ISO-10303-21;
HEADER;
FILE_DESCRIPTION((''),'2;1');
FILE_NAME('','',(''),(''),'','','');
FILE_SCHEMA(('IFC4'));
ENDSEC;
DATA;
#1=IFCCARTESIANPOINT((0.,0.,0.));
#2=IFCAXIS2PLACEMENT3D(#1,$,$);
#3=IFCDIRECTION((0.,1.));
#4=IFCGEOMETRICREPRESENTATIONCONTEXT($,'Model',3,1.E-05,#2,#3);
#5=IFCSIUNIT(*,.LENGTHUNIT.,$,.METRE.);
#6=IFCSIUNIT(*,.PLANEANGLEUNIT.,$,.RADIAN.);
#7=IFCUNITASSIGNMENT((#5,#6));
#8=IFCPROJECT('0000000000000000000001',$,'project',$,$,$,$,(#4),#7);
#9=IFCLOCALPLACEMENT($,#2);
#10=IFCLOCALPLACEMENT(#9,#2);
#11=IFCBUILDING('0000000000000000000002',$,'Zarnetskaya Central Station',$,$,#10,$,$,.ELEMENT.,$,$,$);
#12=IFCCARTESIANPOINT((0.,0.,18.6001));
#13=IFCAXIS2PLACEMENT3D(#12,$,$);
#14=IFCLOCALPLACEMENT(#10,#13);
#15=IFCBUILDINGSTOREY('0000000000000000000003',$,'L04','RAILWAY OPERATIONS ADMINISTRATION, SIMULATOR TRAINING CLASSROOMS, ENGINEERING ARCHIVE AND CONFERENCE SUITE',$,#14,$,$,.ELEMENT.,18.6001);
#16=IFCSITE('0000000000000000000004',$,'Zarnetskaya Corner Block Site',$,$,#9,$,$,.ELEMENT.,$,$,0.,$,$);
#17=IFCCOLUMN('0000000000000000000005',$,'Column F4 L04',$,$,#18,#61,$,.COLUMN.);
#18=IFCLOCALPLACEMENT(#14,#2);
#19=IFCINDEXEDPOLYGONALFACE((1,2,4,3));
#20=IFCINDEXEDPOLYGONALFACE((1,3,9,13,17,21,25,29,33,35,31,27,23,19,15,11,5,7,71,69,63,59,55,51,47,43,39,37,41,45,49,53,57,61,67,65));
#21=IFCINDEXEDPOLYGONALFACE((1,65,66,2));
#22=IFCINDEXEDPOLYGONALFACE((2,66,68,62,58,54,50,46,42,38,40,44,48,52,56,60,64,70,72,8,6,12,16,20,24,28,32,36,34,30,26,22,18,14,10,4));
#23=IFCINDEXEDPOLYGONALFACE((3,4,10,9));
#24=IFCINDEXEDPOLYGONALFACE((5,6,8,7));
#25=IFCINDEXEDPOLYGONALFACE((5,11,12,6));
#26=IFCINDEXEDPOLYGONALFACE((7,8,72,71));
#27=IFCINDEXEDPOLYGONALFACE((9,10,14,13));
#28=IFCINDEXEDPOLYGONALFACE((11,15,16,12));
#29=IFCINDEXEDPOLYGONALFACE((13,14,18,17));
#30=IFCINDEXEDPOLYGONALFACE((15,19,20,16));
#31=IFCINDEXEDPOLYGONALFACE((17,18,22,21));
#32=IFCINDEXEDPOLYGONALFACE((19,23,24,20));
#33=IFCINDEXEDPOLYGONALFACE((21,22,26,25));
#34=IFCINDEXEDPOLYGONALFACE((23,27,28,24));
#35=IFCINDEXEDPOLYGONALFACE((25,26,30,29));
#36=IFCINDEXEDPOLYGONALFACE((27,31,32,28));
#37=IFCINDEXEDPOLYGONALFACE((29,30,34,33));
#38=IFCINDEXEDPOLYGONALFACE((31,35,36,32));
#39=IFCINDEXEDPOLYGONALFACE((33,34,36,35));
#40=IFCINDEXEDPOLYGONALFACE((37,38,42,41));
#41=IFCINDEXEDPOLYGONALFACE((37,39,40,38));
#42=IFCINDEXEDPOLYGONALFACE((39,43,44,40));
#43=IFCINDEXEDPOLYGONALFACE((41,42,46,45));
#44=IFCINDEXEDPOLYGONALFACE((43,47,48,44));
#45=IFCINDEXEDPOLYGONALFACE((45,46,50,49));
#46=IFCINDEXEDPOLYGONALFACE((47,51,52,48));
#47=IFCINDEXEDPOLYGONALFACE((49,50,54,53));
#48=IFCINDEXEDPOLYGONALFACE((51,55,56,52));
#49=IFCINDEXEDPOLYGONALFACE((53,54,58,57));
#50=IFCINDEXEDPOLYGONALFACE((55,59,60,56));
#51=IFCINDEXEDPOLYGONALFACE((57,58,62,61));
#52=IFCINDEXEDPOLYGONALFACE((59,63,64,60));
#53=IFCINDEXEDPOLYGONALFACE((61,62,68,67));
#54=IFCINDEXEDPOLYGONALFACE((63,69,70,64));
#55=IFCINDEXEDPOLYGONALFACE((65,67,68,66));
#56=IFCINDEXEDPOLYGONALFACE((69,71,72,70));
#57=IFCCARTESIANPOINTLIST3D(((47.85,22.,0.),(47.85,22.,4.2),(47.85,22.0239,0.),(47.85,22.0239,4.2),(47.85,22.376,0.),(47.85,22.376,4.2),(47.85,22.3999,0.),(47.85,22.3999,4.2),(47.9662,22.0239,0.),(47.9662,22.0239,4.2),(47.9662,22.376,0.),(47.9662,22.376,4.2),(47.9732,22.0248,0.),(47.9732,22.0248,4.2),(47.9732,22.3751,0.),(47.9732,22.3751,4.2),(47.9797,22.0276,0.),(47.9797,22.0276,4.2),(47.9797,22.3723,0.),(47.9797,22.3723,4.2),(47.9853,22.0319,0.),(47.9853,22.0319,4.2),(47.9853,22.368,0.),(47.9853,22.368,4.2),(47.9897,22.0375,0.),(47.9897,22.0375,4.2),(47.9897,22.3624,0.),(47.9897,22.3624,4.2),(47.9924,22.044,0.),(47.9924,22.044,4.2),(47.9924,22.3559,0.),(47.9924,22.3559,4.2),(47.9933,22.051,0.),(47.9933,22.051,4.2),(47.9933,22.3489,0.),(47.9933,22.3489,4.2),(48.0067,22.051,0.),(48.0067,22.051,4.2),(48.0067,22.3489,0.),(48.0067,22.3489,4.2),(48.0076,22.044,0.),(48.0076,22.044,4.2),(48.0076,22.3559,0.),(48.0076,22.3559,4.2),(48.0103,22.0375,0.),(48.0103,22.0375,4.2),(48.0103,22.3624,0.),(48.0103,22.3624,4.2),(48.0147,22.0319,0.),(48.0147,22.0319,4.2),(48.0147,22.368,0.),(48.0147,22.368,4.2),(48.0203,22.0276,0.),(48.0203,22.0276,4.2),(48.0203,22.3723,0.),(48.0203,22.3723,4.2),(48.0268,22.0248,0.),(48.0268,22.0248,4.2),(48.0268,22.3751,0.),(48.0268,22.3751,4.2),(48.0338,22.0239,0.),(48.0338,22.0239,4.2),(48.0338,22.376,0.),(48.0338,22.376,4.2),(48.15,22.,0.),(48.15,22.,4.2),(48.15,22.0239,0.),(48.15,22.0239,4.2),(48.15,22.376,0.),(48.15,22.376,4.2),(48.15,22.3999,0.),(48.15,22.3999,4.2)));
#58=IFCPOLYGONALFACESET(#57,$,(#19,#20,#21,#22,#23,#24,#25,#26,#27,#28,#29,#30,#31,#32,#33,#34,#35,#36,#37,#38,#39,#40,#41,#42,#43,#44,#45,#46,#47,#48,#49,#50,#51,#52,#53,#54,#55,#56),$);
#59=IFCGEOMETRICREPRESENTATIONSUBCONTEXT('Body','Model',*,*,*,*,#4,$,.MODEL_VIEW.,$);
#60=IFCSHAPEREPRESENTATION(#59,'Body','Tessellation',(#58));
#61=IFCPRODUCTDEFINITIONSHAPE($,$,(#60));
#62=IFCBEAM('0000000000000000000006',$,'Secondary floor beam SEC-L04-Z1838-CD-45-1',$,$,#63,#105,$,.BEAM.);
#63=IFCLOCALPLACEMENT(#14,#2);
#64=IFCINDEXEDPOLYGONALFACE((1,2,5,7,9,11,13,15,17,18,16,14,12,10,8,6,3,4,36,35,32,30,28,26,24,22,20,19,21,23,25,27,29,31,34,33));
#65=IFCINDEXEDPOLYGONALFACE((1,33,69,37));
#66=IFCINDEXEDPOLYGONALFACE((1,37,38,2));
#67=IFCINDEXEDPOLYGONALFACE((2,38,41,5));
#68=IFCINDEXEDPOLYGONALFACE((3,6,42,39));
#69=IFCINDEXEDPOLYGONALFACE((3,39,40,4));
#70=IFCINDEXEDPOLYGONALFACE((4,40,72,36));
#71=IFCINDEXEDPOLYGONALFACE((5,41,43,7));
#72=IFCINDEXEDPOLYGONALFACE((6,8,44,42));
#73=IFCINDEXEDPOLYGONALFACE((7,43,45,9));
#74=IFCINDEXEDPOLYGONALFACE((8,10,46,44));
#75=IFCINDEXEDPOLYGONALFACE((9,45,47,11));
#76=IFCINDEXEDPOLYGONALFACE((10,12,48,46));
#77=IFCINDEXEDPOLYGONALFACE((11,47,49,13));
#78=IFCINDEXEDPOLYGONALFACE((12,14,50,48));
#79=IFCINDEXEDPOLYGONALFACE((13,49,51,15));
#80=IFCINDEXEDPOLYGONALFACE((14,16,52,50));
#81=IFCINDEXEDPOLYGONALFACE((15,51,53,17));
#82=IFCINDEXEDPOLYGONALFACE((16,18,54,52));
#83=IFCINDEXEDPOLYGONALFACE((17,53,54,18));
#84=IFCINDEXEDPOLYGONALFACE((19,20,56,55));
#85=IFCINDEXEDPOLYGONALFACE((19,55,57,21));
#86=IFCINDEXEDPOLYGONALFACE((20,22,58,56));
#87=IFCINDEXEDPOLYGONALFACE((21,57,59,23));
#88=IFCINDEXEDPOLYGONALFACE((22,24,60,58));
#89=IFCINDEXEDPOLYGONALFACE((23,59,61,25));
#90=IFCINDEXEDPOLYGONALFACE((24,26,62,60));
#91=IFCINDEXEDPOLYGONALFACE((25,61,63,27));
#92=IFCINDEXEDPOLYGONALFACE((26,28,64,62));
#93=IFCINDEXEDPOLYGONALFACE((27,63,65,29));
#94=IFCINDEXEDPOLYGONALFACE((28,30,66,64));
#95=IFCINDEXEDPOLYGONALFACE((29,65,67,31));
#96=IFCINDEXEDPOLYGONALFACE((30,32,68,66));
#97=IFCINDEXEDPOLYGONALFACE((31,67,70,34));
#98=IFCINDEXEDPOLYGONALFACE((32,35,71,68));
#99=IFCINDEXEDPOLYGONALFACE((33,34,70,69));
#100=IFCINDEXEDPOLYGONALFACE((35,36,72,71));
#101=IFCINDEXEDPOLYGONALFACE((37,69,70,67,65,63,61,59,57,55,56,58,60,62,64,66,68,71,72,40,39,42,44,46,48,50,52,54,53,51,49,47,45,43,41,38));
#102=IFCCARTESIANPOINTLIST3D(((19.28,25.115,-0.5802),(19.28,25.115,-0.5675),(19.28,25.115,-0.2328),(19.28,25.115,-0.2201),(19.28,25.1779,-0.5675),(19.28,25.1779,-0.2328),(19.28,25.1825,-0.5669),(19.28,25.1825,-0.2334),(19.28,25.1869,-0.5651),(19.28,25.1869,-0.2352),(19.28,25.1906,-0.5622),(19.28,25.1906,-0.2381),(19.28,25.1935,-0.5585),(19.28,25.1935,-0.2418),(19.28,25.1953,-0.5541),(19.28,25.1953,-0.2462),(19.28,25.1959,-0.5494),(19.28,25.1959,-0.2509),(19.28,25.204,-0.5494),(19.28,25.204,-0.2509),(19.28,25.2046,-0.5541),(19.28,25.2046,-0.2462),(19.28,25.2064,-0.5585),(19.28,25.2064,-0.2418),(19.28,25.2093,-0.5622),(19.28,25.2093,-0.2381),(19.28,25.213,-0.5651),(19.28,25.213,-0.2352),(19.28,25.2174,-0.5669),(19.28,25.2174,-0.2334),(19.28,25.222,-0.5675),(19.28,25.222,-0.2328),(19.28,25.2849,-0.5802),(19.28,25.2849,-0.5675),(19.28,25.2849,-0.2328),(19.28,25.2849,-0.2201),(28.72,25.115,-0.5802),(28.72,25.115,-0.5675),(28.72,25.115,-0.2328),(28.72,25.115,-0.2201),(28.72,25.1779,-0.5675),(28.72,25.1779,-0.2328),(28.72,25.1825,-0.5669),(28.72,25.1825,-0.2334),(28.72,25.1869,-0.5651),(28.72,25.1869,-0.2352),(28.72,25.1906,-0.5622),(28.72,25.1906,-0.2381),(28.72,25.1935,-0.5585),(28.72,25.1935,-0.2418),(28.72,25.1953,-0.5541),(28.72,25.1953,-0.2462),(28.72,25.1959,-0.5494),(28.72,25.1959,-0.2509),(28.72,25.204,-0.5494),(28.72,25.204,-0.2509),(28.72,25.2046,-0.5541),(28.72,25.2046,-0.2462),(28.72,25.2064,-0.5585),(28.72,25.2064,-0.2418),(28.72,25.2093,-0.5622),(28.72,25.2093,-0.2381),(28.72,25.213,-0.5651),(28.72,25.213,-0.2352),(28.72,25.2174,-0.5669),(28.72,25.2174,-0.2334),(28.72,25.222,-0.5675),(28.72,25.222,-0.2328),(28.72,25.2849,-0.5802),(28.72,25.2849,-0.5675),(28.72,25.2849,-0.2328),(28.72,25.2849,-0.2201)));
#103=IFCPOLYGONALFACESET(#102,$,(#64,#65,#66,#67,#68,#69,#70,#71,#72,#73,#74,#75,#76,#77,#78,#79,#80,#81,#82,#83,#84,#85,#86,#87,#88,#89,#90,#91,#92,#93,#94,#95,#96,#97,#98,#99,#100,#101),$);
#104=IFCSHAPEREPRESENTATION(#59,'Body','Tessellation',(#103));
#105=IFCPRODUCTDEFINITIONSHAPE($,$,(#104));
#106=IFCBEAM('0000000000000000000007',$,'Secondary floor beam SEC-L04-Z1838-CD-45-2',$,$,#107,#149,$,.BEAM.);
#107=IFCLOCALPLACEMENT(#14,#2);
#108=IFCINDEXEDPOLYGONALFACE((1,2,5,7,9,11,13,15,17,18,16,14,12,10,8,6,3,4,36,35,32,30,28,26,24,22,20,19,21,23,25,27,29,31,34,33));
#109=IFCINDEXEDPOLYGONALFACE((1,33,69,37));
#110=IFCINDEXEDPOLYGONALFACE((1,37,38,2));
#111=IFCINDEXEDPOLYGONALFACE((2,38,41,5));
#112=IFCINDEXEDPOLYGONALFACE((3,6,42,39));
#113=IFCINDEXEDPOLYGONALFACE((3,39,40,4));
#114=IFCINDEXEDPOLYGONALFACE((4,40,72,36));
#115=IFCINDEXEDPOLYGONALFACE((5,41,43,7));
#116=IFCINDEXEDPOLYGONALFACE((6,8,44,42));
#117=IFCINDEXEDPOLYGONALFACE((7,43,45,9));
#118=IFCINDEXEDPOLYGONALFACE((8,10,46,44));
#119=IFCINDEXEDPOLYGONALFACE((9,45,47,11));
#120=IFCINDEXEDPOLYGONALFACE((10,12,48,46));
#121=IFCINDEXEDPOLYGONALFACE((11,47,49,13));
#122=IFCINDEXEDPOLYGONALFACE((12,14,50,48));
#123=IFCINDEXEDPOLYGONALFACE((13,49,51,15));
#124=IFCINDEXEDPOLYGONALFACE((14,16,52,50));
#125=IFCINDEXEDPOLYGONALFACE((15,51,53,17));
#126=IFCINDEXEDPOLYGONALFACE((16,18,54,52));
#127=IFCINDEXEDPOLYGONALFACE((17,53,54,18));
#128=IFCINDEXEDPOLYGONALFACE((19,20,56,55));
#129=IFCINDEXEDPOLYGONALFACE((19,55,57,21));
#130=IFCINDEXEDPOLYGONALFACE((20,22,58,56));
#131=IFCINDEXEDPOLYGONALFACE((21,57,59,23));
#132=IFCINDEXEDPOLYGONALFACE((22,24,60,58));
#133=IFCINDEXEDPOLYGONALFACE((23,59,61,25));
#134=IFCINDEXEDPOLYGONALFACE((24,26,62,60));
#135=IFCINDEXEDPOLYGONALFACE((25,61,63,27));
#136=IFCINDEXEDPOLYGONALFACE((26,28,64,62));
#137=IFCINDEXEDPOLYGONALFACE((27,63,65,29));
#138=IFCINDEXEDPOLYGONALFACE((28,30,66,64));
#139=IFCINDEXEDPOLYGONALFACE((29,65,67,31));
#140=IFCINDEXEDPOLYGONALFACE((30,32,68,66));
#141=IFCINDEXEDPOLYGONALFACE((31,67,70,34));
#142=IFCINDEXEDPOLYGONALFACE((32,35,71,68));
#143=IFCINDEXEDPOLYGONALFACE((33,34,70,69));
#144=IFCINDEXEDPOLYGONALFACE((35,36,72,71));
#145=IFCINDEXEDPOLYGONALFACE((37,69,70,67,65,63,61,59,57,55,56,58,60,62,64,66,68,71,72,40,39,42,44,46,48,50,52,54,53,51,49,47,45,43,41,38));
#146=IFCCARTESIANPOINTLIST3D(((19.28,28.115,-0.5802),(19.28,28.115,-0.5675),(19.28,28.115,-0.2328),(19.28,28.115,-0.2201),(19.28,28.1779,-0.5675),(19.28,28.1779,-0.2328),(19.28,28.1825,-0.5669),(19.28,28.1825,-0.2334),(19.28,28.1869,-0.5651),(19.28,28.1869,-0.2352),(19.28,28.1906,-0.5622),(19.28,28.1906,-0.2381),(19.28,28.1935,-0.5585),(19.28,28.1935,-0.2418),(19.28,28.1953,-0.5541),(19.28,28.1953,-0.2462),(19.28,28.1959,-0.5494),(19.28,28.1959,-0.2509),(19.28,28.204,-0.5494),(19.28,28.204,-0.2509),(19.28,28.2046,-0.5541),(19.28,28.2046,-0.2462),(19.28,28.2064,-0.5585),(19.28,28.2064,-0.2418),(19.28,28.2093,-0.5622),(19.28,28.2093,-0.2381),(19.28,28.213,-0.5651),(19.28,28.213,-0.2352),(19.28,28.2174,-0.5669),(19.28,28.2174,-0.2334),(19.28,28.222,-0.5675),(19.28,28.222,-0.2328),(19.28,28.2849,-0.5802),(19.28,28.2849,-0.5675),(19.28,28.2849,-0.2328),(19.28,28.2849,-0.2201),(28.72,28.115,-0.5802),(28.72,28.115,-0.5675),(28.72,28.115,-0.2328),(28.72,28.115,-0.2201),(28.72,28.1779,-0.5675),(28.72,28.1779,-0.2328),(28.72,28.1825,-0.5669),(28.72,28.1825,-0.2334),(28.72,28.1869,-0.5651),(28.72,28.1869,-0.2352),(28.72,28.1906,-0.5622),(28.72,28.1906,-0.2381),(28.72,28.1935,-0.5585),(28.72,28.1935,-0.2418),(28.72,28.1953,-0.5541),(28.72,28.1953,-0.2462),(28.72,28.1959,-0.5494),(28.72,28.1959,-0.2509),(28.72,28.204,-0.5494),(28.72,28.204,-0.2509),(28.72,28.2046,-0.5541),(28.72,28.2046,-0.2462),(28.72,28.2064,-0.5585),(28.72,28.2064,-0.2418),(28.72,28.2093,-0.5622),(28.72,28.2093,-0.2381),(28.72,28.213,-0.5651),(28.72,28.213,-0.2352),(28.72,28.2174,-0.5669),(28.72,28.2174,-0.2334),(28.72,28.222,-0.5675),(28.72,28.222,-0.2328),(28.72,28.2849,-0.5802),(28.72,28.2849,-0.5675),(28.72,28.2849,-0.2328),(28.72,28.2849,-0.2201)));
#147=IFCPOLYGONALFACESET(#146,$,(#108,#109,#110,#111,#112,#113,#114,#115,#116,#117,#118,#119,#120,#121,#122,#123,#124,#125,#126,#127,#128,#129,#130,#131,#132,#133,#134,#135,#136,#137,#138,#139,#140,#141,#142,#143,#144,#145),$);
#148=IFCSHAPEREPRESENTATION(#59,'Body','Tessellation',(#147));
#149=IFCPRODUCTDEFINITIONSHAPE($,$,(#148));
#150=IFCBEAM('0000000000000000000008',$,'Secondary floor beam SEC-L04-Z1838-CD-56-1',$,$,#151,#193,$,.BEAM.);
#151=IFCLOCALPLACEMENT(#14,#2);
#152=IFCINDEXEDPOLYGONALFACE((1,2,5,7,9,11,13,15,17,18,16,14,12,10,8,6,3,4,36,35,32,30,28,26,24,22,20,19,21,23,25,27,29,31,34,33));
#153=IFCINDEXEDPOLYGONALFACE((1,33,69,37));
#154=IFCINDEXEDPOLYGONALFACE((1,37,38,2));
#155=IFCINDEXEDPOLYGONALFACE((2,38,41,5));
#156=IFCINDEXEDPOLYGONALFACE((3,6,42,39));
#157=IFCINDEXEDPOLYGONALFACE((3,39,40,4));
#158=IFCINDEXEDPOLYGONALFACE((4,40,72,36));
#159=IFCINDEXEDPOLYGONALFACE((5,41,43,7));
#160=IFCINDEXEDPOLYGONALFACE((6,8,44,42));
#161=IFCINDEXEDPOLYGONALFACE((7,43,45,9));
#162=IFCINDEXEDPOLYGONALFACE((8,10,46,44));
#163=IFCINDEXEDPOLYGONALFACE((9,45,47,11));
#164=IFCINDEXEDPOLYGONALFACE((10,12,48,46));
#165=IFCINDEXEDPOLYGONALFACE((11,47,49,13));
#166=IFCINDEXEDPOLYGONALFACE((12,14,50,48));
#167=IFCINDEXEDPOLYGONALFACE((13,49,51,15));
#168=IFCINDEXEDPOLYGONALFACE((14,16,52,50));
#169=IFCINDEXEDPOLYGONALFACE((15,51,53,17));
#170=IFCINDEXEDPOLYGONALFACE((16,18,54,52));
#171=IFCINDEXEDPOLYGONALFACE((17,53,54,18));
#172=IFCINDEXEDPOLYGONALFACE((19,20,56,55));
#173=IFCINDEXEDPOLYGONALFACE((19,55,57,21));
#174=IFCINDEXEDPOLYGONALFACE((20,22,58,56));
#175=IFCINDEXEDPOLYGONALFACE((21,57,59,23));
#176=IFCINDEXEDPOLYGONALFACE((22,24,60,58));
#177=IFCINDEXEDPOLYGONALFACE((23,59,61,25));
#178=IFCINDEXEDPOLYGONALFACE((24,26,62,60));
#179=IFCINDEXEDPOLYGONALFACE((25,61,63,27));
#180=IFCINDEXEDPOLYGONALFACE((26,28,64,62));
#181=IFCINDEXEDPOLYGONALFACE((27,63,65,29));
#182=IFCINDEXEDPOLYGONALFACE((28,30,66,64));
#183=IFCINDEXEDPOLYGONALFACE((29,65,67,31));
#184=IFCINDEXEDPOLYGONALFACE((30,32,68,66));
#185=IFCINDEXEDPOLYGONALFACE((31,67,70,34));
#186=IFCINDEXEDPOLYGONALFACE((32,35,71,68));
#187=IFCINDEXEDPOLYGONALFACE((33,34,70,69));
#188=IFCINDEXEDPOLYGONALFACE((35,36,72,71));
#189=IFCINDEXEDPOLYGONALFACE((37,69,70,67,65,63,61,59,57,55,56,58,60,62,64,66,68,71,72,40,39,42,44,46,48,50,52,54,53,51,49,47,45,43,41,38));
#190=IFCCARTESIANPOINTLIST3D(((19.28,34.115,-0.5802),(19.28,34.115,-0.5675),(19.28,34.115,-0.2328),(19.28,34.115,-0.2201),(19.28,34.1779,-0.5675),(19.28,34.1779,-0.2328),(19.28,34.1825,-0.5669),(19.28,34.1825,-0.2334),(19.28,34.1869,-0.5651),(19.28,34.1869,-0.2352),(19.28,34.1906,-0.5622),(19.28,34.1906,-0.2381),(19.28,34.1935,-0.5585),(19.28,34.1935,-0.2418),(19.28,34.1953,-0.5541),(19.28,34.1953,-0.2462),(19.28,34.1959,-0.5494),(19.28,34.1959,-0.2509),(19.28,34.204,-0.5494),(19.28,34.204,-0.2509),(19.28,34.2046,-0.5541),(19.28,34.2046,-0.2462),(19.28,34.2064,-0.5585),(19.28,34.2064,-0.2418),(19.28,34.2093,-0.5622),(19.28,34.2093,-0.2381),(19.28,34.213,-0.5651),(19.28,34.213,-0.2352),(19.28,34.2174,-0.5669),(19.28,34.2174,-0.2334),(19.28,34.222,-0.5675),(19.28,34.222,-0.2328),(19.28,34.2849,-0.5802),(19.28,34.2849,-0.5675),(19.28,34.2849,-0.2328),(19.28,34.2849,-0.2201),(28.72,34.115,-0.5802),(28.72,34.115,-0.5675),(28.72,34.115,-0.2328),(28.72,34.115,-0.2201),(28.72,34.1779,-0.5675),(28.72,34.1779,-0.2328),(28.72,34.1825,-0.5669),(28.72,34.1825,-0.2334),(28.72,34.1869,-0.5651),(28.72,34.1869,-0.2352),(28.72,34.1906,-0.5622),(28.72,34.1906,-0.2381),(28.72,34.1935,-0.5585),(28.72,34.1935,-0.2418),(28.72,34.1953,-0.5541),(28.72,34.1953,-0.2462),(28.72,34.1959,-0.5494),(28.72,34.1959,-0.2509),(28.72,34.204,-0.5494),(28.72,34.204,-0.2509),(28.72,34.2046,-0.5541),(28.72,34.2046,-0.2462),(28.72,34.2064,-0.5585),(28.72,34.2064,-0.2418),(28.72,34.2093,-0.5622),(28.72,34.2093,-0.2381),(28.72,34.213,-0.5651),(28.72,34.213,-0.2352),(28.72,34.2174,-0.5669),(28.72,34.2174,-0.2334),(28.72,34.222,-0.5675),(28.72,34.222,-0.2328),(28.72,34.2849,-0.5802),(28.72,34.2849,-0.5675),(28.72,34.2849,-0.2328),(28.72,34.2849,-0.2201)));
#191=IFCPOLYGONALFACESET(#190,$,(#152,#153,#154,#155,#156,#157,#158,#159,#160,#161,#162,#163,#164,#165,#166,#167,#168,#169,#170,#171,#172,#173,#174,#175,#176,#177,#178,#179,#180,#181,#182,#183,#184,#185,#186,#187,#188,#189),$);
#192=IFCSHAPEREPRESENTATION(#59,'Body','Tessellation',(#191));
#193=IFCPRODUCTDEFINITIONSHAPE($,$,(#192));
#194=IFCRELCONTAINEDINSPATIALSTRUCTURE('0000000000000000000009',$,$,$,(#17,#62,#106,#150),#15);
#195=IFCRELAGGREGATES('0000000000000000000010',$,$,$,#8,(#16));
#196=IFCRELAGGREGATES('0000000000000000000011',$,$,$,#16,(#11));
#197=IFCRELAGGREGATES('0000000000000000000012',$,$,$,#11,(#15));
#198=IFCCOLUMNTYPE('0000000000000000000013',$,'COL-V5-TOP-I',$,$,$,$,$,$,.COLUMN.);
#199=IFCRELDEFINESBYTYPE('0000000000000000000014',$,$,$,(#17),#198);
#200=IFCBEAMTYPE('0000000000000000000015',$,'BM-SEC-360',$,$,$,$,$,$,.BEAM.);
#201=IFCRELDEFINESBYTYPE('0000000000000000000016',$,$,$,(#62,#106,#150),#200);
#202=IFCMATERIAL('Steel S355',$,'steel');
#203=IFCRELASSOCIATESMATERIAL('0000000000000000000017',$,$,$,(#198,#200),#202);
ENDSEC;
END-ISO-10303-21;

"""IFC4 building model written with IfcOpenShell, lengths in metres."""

from ifc_helpers import new_model, si_unit, direction, frame, origin, origin_2d, place, context, subcontext, project, spatial, i_section, extrude, material, material_profile, profile_set, type_object, element, save


model = new_model("IFC4")

# Units and contexts
model_context = context("Model", 3, precision=1e-05, world=origin(), true_north=direction((0.0, 1.0)))
body_context = subcontext(model_context, "Body", "Model", "MODEL_VIEW")
ifc_project = project(units=[si_unit("LENGTHUNIT", "METRE"), si_unit("PLANEANGLEUNIT", "RADIAN")], contexts=[model_context])

# Site, building, storey
site_placement = place(None, origin())
site = spatial("IfcSite", under=ifc_project, at=site_placement, Name="Zarnetskaya Corner Block Site", CompositionType="ELEMENT", RefElevation=0.0)
building_placement = place(site_placement, origin())
building = spatial("IfcBuilding", under=site, at=building_placement, Name="Zarnetskaya Central Station", CompositionType="ELEMENT")
storey_placement = place(building_placement, frame((0.0, 0.0, 18.6001)))
storey = spatial("IfcBuildingStorey", under=building, at=storey_placement, Name="L04", Description="RAILWAY OPERATIONS ADMINISTRATION, SIMULATOR TRAINING CLASSROOMS, ENGINEERING ARCHIVE AND CONFERENCE SUITE", CompositionType="ELEMENT", Elevation=18.6001)

# Column
ifc_material_1 = material(Name="Steel S355", Category="steel")
ifc_material_profile_1 = material_profile(ifc_material_1, i_section(OverallWidth=0.3, OverallDepth=0.3999, WebThickness=0.0134, FlangeThickness=0.0239, FilletRadius=0.0271, at=origin_2d()), Name="HEB 400")
ifc_profile_set_1 = profile_set([ifc_material_profile_1], Name="Steel S355")
column_type = type_object("IfcColumnType", Name="COL-V5-TOP-I", PredefinedType="COLUMN", material=ifc_profile_set_1)
column_placement = place(storey_placement, frame((48.0, 22.2, 0.0), z_axis=(0.0, 0.0, 1.0), x_axis=(1.0, 0.0, 0.0)))
element("IfcColumn", 1, at=column_placement, inside=storey, type_object=column_type, Name="Column F4 L04", PredefinedType="COLUMN", context=body_context, shape_type="SweptSolid", body=[
    extrude(i_section(OverallWidth=0.3, OverallDepth=0.3999, WebThickness=0.0134, FlangeThickness=0.0239, FilletRadius=0.0271, at=origin_2d()), origin(), (0.0, 0.0, 1.0), 4.2),
])

# Beams
ifc_material_profile_2 = material_profile(ifc_material_1, i_section(OverallWidth=0.1699, OverallDepth=0.3601, WebThickness=0.0081, FlangeThickness=0.0127, FilletRadius=0.0181, at=origin_2d()), Name="IPE 360")
ifc_profile_set_2 = profile_set([ifc_material_profile_2], Name="Steel S355")
beam_type_1 = type_object("IfcBeamType", Name="BM-SEC-360", PredefinedType="BEAM", material=ifc_profile_set_2)
for number, where, z_axis, x_axis, name in (
    (2, (19.28, 25.2, -0.4001), (1.0, 0.0, 0.0), (0.0, 1.0, 0.0), "Secondary floor beam SEC-L04-Z1838-CD-45-1"),
    (3, (19.28, 28.2, -0.4001), (1.0, 0.0, 0.0), (0.0, 1.0, 0.0), "Secondary floor beam SEC-L04-Z1838-CD-45-2"),
    (4, (19.28, 34.2, -0.4001), (1.0, 0.0, 0.0), (0.0, 1.0, 0.0), "Secondary floor beam SEC-L04-Z1838-CD-56-1"),
):
    element("IfcBeam", number, at=place(storey_placement, frame(where, z_axis=z_axis, x_axis=x_axis)), inside=storey, type_object=beam_type_1, Name=name, PredefinedType="BEAM", context=body_context, shape_type="SweptSolid", body=[
        extrude(i_section(OverallWidth=0.1699, OverallDepth=0.3601, WebThickness=0.0081, FlangeThickness=0.0127, FilletRadius=0.0181, at=origin_2d()), origin(), (0.0, 0.0, 1.0), 9.4399),
    ])

save(model, "model.ifc")
